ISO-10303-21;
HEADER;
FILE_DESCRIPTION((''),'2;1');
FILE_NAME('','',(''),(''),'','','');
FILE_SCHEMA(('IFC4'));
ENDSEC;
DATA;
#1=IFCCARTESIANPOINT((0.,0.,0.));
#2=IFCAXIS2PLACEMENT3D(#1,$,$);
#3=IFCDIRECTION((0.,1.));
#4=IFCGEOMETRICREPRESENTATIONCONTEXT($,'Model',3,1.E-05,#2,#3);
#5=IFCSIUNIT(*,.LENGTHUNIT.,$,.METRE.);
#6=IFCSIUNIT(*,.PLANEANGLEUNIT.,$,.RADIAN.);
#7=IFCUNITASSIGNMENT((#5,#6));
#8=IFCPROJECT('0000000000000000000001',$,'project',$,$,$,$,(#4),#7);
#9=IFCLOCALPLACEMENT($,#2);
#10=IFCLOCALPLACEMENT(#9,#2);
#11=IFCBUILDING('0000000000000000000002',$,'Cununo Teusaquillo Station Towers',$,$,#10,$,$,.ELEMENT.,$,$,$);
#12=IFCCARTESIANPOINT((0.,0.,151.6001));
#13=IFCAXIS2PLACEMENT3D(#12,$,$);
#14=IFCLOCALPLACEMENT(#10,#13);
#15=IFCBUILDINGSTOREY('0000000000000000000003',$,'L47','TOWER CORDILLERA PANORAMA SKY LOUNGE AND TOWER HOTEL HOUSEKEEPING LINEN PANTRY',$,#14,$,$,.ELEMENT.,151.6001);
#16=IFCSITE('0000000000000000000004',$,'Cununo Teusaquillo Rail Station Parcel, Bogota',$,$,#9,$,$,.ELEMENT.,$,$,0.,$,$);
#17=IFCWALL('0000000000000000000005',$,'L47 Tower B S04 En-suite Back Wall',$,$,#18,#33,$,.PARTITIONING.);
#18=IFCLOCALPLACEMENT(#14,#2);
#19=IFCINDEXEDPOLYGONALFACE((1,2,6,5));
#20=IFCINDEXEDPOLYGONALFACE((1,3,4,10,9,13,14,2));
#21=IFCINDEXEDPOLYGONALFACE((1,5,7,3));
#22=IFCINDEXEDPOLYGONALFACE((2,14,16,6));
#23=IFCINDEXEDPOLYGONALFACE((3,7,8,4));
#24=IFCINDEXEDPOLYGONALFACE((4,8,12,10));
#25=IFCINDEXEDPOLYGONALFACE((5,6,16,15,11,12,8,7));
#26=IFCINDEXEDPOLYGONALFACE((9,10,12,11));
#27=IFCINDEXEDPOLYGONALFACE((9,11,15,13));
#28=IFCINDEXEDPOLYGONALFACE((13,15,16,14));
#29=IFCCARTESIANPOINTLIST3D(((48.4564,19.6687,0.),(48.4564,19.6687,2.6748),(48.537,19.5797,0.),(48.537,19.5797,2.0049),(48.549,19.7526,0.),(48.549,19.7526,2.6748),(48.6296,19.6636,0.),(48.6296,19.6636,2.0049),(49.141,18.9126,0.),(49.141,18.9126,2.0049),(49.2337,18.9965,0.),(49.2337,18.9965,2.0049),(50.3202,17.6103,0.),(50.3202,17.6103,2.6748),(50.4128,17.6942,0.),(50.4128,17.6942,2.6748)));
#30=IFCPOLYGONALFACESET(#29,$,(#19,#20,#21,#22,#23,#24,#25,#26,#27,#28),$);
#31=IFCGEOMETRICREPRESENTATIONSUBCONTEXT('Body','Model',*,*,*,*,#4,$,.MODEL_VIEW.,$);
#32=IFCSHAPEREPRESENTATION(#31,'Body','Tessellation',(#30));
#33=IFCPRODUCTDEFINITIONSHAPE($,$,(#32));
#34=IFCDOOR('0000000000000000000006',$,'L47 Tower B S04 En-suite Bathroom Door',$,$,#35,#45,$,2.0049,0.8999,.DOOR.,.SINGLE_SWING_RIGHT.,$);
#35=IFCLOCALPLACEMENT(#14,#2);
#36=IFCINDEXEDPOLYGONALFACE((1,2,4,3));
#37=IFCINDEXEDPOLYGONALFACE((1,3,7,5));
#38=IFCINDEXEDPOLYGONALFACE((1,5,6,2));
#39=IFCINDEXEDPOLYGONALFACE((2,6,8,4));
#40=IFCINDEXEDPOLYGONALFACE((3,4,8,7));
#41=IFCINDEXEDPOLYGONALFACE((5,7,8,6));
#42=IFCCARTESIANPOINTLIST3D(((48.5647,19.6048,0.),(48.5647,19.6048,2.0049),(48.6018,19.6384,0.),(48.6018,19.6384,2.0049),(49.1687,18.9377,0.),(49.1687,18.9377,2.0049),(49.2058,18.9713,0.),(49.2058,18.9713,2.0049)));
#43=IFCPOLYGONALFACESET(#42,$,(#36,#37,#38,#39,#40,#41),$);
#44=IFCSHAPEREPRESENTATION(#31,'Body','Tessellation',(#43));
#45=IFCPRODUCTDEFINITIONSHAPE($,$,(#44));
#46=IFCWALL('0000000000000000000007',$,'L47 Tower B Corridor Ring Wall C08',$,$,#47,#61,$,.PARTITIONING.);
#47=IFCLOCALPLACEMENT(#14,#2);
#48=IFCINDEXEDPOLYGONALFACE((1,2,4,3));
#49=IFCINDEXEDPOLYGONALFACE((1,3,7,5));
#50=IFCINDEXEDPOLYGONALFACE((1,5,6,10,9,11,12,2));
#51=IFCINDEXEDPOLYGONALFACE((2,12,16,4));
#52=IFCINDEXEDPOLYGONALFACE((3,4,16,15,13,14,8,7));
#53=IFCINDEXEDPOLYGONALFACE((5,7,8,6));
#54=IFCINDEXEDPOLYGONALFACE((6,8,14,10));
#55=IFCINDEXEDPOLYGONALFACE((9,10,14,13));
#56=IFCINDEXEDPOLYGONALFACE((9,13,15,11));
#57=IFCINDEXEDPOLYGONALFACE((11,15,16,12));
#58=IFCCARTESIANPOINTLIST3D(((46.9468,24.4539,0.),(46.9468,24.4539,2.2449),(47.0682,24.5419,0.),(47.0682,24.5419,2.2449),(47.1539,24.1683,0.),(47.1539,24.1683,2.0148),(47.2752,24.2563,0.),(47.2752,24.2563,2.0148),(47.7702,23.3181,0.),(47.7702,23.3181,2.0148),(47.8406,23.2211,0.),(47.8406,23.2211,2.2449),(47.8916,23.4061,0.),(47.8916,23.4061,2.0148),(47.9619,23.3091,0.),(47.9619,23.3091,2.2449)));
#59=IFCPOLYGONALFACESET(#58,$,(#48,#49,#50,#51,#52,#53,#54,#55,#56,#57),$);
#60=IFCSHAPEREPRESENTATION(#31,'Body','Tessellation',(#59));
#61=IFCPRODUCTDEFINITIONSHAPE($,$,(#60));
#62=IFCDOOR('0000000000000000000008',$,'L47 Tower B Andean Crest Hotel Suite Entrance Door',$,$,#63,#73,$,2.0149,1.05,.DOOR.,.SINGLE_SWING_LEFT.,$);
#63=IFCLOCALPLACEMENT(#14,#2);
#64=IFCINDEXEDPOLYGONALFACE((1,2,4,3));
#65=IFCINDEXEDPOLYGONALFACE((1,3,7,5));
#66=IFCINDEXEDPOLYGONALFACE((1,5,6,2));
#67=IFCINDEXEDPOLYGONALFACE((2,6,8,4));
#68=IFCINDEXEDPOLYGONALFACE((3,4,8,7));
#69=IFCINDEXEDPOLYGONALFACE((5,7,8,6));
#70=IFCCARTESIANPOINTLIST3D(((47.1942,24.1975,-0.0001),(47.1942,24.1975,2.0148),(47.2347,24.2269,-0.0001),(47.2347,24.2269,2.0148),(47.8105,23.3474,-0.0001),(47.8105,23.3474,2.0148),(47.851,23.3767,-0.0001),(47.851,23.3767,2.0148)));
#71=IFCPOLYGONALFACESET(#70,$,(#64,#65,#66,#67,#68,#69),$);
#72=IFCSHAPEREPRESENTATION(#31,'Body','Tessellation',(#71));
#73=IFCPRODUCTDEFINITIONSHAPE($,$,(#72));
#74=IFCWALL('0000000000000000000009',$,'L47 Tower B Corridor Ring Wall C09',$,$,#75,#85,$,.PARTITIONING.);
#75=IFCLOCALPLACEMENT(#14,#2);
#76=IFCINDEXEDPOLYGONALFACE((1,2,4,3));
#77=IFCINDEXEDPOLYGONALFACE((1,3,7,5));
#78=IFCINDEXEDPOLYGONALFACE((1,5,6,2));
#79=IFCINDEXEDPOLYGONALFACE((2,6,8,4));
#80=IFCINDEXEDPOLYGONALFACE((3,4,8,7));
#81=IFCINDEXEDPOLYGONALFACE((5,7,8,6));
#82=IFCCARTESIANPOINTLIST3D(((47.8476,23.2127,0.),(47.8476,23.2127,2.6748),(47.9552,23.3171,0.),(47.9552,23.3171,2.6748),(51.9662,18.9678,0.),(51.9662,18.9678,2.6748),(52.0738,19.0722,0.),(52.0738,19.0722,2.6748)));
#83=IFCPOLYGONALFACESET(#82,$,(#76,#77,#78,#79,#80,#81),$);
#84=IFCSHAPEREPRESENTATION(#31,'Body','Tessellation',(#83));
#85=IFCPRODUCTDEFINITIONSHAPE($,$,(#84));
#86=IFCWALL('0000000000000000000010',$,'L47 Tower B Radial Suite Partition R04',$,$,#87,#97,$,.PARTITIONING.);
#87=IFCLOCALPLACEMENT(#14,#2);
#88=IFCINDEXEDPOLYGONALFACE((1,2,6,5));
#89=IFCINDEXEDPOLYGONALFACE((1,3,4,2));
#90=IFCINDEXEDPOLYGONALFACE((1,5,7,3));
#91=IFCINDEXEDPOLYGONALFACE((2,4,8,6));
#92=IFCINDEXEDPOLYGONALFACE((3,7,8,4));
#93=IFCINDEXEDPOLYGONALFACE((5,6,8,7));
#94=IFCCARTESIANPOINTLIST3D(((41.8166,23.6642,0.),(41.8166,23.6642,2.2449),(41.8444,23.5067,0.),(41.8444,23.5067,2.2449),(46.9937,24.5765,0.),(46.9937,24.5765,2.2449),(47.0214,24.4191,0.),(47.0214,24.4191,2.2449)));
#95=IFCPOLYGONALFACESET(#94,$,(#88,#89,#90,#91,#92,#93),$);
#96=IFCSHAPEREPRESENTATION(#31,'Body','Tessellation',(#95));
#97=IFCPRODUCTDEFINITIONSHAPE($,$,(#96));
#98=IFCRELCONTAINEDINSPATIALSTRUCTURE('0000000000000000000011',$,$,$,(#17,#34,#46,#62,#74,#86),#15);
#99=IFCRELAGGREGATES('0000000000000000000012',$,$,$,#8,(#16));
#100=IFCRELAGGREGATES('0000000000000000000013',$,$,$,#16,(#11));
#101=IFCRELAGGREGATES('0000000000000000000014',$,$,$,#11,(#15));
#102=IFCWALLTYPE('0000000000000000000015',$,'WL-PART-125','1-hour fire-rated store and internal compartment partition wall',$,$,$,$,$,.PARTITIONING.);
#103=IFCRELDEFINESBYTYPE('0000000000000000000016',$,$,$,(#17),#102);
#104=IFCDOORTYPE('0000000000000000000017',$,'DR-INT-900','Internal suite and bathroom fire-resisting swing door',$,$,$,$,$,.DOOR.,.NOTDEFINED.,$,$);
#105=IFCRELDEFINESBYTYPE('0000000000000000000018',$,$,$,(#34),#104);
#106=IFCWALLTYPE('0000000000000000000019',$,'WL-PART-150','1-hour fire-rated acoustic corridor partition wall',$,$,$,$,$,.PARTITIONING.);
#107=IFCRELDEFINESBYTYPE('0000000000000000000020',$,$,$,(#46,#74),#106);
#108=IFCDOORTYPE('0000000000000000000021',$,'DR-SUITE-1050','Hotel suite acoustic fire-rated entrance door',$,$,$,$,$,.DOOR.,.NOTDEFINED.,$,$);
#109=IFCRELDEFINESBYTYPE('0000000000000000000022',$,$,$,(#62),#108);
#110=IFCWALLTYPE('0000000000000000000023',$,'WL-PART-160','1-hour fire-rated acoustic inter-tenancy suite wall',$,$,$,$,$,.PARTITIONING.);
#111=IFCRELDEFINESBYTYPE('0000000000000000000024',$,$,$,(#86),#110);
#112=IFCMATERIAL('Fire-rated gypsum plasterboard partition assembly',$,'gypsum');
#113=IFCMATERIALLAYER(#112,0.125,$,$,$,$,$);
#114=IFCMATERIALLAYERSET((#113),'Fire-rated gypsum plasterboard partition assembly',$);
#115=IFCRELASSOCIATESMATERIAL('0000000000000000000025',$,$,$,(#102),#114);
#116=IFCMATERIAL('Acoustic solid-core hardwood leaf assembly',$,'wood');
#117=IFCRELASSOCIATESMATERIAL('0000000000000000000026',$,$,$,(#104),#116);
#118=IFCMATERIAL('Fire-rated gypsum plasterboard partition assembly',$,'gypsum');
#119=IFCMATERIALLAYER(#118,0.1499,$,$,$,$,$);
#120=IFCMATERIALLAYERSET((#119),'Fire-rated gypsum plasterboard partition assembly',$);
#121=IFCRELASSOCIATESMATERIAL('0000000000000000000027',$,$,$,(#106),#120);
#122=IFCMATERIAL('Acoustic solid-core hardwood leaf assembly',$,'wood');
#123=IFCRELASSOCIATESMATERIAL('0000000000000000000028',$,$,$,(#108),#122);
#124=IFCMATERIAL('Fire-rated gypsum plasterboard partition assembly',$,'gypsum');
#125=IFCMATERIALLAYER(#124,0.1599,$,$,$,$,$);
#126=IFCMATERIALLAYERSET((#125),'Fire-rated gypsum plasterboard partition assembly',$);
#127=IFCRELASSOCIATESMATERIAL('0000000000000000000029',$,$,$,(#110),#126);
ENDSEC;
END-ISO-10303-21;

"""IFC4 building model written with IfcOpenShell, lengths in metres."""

from ifc_helpers import new_model, si_unit, direction, frame, frame_2d, origin, place, context, subcontext, project, spatial, rectangle, extrude, source, transform, mapped, material, layer, layer_set, type_object, element, fill, save


model = new_model("IFC4")

# Units and contexts
model_context = context("Model", 3, precision=1e-05, world=origin(), true_north=direction((0.0, 1.0)))
body_context = subcontext(model_context, "Body", "Model", "MODEL_VIEW")
ifc_project = project(units=[si_unit("LENGTHUNIT", "METRE"), si_unit("PLANEANGLEUNIT", "RADIAN")], contexts=[model_context])

# Site, building, storey
site_placement = place(None, origin())
site = spatial("IfcSite", under=ifc_project, at=site_placement, Name="Cununo Teusaquillo Rail Station Parcel, Bogota", CompositionType="ELEMENT", RefElevation=0.0)
building_placement = place(site_placement, origin())
building = spatial("IfcBuilding", under=site, at=building_placement, Name="Cununo Teusaquillo Station Towers", CompositionType="ELEMENT")
storey_placement = place(building_placement, frame((0.0, 0.0, 151.6001)))
storey = spatial("IfcBuildingStorey", under=building, at=storey_placement, Name="L47", Description="TOWER CORDILLERA PANORAMA SKY LOUNGE AND TOWER HOTEL HOUSEKEEPING LINEN PANTRY", CompositionType="ELEMENT", Elevation=151.6001)

# Shared definitions
ifc_material_1 = material(Name="Fire-rated gypsum plasterboard partition assembly", Category="gypsum")
ifc_layer_1 = layer(ifc_material_1, 0.125)
ifc_layer_set_1 = layer_set([ifc_layer_1], Name="Fire-rated gypsum plasterboard partition assembly")
wall_type_1 = type_object("IfcWallType", Name="WL-PART-125", Description="1-hour fire-rated store and internal compartment partition wall", PredefinedType="PARTITIONING", material=ifc_layer_set_1)

# Walls, openings, doors
wall_1_placement = place(storey_placement, frame((48.5027, 19.7107, 0.0), z_axis=(0.0, 0.0, 1.0), x_axis=(0.671201, -0.741275, 0.0)))
wall_1 = element("IfcWall", 1, at=wall_1_placement, inside=storey, type_object=wall_type_1, Name="L47 Tower B S04 En-suite Back Wall", PredefinedType="PARTITIONING", context=body_context, shape_type="SweptSolid", body=[
    extrude(rectangle(XDim=2.7769, YDim=0.125, at=frame_2d((1.3884, 0.0))), origin(), (0.0, 0.0, 1.0), 2.6748),
])
shared_shape_1 = source(origin(), body_context, "Body", "SweptSolid", [
    extrude(rectangle(XDim=0.8999, YDim=2.0049, at=frame_2d((0.45, 1.0024))), frame((0.0, 0.0725, 0.0), z_axis=(0.0, -1.0, 0.0), x_axis=(1.0, 0.0, 0.0)), (0.0, 0.0, 1.0), 0.145),
])
opening_1_placement = place(wall_1_placement, frame((0.1201, 0.0, 0.0)))
opening_1 = element("IfcOpeningElement", 2, at=opening_1_placement, cuts=wall_1, PredefinedType="OPENING", context=body_context, shape_type="MappedRepresentation", body=[
    mapped(shared_shape_1, transform((0.0, 0.0, 0.0), x_axis=(1.0, 0.0, 0.0), y_axis=(0.0, 1.0, 0.0), z_axis=(0.0, 0.0, 1.0), scale=1.0)),
])
ifc_material_2 = material(Name="Acoustic solid-core hardwood leaf assembly", Category="wood")
door_type_1 = type_object("IfcDoorType", Name="DR-INT-900", Description="Internal suite and bathroom fire-resisting swing door", OperationType="NOTDEFINED", PredefinedType="DOOR", material=ifc_material_2)
shared_shape_2 = source(origin(), body_context, "Body", "SweptSolid", [
    extrude(rectangle(XDim=0.8999, YDim=2.0049, at=frame_2d((0.45, 1.0024))), frame((0.0, 0.0249, 0.0), z_axis=(0.0, -1.0, 0.0), x_axis=(1.0, 0.0, 0.0)), (0.0, 0.0, 1.0), 0.05),
])
door_1_placement = place(opening_1_placement, origin())
door_1 = element("IfcDoor", 3, at=door_1_placement, inside=storey, type_object=door_type_1, Name="L47 Tower B S04 En-suite Bathroom Door", OperationType="SINGLE_SWING_RIGHT", OverallHeight=2.0049, OverallWidth=0.8999, PredefinedType="DOOR", context=body_context, shape_type="MappedRepresentation", body=[
    mapped(shared_shape_2, transform((0.0, 0.0, 0.0), x_axis=(1.0, 0.0, 0.0), y_axis=(0.0, 1.0, 0.0), z_axis=(0.0, 0.0, 1.0), scale=1.0)),
])
fill(opening_1, door_1)
ifc_material_3 = material(Name="Fire-rated gypsum plasterboard partition assembly", Category="gypsum")
ifc_layer_2 = layer(ifc_material_3, 0.1499)
ifc_layer_set_2 = layer_set([ifc_layer_2], Name="Fire-rated gypsum plasterboard partition assembly")
wall_type_2 = type_object("IfcWallType", Name="WL-PART-150", Description="1-hour fire-rated acoustic corridor partition wall", PredefinedType="PARTITIONING", material=ifc_layer_set_2)
wall_2_placement = place(storey_placement, frame((47.0076, 24.4978, 0.0), z_axis=(0.0, 0.0, 1.0), x_axis=(0.586941, -0.809629, 0.0)))
wall_2 = element("IfcWall", 4, at=wall_2_placement, inside=storey, type_object=wall_type_2, Name="L47 Tower B Corridor Ring Wall C08", PredefinedType="PARTITIONING", context=body_context, shape_type="SweptSolid", body=[
    extrude(rectangle(XDim=1.5227, YDim=0.1499, at=frame_2d((0.7612, 0.0))), origin(), (0.0, 0.0, 1.0), 2.2449),
])
shared_shape_3 = source(origin(), body_context, "Body", "SweptSolid", [
    extrude(rectangle(XDim=1.05, YDim=2.0149, at=frame_2d((0.5249, 1.0073))), frame((0.0, 0.085, 0.0), z_axis=(0.0, -1.0, 0.0), x_axis=(1.0, 0.0, 0.0)), (0.0, 0.0, 1.0), 0.1699),
])
opening_2_placement = place(wall_2_placement, frame((0.3528, 0.0, 0.0)))
opening_2 = element("IfcOpeningElement", 5, at=opening_2_placement, cuts=wall_2, PredefinedType="OPENING", context=body_context, shape_type="MappedRepresentation", body=[
    mapped(shared_shape_3, transform((0.0, 0.0, 0.0), x_axis=(1.0, 0.0, 0.0), y_axis=(0.0, 1.0, 0.0), z_axis=(0.0, 0.0, 1.0), scale=1.0)),
])
ifc_material_4 = material(Name="Acoustic solid-core hardwood leaf assembly", Category="wood")
door_type_2 = type_object("IfcDoorType", Name="DR-SUITE-1050", Description="Hotel suite acoustic fire-rated entrance door", OperationType="NOTDEFINED", PredefinedType="DOOR", material=ifc_material_4)
shared_shape_4 = source(origin(), body_context, "Body", "SweptSolid", [
    extrude(rectangle(XDim=1.05, YDim=2.0149, at=frame_2d((0.5249, 1.0073))), frame((0.0, 0.0249, 0.0), z_axis=(0.0, -1.0, 0.0), x_axis=(1.0, 0.0, 0.0)), (0.0, 0.0, 1.0), 0.05),
])
door_2_placement = place(opening_2_placement, origin())
door_2 = element("IfcDoor", 6, at=door_2_placement, inside=storey, type_object=door_type_2, Name="L47 Tower B Andean Crest Hotel Suite Entrance Door", OperationType="SINGLE_SWING_LEFT", OverallHeight=2.0149, OverallWidth=1.05, PredefinedType="DOOR", context=body_context, shape_type="MappedRepresentation", body=[
    mapped(shared_shape_4, transform((0.0, 0.0, 0.0), x_axis=(1.0, 0.0, 0.0), y_axis=(0.0, 1.0, 0.0), z_axis=(0.0, 0.0, 1.0), scale=1.0)),
])
fill(opening_2, door_2)

# Walls
wall_3_placement = place(storey_placement, frame((47.9014, 23.2649, 0.0), z_axis=(0.0, 0.0, 1.0), x_axis=(0.696356, -0.717697, 0.0)))
element("IfcWall", 7, at=wall_3_placement, inside=storey, type_object=wall_type_2, Name="L47 Tower B Corridor Ring Wall C09", PredefinedType="PARTITIONING", context=body_context, shape_type="SweptSolid", body=[
    extrude(rectangle(XDim=5.9146, YDim=0.1499, at=frame_2d((2.9573, 0.0))), origin(), (0.0, 0.0, 1.0), 2.6748),
])
ifc_material_5 = material(Name="Fire-rated gypsum plasterboard partition assembly", Category="gypsum")
ifc_layer_3 = layer(ifc_material_5, 0.1599)
ifc_layer_set_3 = layer_set([ifc_layer_3], Name="Fire-rated gypsum plasterboard partition assembly")
wall_type_3 = type_object("IfcWallType", Name="WL-PART-160", Description="1-hour fire-rated acoustic inter-tenancy suite wall", PredefinedType="PARTITIONING", material=ifc_layer_set_3)
wall_4_placement = place(storey_placement, frame((47.0076, 24.4978, 0.0), z_axis=(0.0, 0.0, 1.0), x_axis=(-0.984824, -0.173557, 0.0)))
element("IfcWall", 8, at=wall_4_placement, inside=storey, type_object=wall_type_3, Name="L47 Tower B Radial Suite Partition R04", PredefinedType="PARTITIONING", context=body_context, shape_type="SweptSolid", body=[
    extrude(rectangle(XDim=5.2568, YDim=0.1599, at=frame_2d((2.6284, 0.0))), origin(), (0.0, 0.0, 1.0), 2.2449),
])

save(model, "model.ifc")
